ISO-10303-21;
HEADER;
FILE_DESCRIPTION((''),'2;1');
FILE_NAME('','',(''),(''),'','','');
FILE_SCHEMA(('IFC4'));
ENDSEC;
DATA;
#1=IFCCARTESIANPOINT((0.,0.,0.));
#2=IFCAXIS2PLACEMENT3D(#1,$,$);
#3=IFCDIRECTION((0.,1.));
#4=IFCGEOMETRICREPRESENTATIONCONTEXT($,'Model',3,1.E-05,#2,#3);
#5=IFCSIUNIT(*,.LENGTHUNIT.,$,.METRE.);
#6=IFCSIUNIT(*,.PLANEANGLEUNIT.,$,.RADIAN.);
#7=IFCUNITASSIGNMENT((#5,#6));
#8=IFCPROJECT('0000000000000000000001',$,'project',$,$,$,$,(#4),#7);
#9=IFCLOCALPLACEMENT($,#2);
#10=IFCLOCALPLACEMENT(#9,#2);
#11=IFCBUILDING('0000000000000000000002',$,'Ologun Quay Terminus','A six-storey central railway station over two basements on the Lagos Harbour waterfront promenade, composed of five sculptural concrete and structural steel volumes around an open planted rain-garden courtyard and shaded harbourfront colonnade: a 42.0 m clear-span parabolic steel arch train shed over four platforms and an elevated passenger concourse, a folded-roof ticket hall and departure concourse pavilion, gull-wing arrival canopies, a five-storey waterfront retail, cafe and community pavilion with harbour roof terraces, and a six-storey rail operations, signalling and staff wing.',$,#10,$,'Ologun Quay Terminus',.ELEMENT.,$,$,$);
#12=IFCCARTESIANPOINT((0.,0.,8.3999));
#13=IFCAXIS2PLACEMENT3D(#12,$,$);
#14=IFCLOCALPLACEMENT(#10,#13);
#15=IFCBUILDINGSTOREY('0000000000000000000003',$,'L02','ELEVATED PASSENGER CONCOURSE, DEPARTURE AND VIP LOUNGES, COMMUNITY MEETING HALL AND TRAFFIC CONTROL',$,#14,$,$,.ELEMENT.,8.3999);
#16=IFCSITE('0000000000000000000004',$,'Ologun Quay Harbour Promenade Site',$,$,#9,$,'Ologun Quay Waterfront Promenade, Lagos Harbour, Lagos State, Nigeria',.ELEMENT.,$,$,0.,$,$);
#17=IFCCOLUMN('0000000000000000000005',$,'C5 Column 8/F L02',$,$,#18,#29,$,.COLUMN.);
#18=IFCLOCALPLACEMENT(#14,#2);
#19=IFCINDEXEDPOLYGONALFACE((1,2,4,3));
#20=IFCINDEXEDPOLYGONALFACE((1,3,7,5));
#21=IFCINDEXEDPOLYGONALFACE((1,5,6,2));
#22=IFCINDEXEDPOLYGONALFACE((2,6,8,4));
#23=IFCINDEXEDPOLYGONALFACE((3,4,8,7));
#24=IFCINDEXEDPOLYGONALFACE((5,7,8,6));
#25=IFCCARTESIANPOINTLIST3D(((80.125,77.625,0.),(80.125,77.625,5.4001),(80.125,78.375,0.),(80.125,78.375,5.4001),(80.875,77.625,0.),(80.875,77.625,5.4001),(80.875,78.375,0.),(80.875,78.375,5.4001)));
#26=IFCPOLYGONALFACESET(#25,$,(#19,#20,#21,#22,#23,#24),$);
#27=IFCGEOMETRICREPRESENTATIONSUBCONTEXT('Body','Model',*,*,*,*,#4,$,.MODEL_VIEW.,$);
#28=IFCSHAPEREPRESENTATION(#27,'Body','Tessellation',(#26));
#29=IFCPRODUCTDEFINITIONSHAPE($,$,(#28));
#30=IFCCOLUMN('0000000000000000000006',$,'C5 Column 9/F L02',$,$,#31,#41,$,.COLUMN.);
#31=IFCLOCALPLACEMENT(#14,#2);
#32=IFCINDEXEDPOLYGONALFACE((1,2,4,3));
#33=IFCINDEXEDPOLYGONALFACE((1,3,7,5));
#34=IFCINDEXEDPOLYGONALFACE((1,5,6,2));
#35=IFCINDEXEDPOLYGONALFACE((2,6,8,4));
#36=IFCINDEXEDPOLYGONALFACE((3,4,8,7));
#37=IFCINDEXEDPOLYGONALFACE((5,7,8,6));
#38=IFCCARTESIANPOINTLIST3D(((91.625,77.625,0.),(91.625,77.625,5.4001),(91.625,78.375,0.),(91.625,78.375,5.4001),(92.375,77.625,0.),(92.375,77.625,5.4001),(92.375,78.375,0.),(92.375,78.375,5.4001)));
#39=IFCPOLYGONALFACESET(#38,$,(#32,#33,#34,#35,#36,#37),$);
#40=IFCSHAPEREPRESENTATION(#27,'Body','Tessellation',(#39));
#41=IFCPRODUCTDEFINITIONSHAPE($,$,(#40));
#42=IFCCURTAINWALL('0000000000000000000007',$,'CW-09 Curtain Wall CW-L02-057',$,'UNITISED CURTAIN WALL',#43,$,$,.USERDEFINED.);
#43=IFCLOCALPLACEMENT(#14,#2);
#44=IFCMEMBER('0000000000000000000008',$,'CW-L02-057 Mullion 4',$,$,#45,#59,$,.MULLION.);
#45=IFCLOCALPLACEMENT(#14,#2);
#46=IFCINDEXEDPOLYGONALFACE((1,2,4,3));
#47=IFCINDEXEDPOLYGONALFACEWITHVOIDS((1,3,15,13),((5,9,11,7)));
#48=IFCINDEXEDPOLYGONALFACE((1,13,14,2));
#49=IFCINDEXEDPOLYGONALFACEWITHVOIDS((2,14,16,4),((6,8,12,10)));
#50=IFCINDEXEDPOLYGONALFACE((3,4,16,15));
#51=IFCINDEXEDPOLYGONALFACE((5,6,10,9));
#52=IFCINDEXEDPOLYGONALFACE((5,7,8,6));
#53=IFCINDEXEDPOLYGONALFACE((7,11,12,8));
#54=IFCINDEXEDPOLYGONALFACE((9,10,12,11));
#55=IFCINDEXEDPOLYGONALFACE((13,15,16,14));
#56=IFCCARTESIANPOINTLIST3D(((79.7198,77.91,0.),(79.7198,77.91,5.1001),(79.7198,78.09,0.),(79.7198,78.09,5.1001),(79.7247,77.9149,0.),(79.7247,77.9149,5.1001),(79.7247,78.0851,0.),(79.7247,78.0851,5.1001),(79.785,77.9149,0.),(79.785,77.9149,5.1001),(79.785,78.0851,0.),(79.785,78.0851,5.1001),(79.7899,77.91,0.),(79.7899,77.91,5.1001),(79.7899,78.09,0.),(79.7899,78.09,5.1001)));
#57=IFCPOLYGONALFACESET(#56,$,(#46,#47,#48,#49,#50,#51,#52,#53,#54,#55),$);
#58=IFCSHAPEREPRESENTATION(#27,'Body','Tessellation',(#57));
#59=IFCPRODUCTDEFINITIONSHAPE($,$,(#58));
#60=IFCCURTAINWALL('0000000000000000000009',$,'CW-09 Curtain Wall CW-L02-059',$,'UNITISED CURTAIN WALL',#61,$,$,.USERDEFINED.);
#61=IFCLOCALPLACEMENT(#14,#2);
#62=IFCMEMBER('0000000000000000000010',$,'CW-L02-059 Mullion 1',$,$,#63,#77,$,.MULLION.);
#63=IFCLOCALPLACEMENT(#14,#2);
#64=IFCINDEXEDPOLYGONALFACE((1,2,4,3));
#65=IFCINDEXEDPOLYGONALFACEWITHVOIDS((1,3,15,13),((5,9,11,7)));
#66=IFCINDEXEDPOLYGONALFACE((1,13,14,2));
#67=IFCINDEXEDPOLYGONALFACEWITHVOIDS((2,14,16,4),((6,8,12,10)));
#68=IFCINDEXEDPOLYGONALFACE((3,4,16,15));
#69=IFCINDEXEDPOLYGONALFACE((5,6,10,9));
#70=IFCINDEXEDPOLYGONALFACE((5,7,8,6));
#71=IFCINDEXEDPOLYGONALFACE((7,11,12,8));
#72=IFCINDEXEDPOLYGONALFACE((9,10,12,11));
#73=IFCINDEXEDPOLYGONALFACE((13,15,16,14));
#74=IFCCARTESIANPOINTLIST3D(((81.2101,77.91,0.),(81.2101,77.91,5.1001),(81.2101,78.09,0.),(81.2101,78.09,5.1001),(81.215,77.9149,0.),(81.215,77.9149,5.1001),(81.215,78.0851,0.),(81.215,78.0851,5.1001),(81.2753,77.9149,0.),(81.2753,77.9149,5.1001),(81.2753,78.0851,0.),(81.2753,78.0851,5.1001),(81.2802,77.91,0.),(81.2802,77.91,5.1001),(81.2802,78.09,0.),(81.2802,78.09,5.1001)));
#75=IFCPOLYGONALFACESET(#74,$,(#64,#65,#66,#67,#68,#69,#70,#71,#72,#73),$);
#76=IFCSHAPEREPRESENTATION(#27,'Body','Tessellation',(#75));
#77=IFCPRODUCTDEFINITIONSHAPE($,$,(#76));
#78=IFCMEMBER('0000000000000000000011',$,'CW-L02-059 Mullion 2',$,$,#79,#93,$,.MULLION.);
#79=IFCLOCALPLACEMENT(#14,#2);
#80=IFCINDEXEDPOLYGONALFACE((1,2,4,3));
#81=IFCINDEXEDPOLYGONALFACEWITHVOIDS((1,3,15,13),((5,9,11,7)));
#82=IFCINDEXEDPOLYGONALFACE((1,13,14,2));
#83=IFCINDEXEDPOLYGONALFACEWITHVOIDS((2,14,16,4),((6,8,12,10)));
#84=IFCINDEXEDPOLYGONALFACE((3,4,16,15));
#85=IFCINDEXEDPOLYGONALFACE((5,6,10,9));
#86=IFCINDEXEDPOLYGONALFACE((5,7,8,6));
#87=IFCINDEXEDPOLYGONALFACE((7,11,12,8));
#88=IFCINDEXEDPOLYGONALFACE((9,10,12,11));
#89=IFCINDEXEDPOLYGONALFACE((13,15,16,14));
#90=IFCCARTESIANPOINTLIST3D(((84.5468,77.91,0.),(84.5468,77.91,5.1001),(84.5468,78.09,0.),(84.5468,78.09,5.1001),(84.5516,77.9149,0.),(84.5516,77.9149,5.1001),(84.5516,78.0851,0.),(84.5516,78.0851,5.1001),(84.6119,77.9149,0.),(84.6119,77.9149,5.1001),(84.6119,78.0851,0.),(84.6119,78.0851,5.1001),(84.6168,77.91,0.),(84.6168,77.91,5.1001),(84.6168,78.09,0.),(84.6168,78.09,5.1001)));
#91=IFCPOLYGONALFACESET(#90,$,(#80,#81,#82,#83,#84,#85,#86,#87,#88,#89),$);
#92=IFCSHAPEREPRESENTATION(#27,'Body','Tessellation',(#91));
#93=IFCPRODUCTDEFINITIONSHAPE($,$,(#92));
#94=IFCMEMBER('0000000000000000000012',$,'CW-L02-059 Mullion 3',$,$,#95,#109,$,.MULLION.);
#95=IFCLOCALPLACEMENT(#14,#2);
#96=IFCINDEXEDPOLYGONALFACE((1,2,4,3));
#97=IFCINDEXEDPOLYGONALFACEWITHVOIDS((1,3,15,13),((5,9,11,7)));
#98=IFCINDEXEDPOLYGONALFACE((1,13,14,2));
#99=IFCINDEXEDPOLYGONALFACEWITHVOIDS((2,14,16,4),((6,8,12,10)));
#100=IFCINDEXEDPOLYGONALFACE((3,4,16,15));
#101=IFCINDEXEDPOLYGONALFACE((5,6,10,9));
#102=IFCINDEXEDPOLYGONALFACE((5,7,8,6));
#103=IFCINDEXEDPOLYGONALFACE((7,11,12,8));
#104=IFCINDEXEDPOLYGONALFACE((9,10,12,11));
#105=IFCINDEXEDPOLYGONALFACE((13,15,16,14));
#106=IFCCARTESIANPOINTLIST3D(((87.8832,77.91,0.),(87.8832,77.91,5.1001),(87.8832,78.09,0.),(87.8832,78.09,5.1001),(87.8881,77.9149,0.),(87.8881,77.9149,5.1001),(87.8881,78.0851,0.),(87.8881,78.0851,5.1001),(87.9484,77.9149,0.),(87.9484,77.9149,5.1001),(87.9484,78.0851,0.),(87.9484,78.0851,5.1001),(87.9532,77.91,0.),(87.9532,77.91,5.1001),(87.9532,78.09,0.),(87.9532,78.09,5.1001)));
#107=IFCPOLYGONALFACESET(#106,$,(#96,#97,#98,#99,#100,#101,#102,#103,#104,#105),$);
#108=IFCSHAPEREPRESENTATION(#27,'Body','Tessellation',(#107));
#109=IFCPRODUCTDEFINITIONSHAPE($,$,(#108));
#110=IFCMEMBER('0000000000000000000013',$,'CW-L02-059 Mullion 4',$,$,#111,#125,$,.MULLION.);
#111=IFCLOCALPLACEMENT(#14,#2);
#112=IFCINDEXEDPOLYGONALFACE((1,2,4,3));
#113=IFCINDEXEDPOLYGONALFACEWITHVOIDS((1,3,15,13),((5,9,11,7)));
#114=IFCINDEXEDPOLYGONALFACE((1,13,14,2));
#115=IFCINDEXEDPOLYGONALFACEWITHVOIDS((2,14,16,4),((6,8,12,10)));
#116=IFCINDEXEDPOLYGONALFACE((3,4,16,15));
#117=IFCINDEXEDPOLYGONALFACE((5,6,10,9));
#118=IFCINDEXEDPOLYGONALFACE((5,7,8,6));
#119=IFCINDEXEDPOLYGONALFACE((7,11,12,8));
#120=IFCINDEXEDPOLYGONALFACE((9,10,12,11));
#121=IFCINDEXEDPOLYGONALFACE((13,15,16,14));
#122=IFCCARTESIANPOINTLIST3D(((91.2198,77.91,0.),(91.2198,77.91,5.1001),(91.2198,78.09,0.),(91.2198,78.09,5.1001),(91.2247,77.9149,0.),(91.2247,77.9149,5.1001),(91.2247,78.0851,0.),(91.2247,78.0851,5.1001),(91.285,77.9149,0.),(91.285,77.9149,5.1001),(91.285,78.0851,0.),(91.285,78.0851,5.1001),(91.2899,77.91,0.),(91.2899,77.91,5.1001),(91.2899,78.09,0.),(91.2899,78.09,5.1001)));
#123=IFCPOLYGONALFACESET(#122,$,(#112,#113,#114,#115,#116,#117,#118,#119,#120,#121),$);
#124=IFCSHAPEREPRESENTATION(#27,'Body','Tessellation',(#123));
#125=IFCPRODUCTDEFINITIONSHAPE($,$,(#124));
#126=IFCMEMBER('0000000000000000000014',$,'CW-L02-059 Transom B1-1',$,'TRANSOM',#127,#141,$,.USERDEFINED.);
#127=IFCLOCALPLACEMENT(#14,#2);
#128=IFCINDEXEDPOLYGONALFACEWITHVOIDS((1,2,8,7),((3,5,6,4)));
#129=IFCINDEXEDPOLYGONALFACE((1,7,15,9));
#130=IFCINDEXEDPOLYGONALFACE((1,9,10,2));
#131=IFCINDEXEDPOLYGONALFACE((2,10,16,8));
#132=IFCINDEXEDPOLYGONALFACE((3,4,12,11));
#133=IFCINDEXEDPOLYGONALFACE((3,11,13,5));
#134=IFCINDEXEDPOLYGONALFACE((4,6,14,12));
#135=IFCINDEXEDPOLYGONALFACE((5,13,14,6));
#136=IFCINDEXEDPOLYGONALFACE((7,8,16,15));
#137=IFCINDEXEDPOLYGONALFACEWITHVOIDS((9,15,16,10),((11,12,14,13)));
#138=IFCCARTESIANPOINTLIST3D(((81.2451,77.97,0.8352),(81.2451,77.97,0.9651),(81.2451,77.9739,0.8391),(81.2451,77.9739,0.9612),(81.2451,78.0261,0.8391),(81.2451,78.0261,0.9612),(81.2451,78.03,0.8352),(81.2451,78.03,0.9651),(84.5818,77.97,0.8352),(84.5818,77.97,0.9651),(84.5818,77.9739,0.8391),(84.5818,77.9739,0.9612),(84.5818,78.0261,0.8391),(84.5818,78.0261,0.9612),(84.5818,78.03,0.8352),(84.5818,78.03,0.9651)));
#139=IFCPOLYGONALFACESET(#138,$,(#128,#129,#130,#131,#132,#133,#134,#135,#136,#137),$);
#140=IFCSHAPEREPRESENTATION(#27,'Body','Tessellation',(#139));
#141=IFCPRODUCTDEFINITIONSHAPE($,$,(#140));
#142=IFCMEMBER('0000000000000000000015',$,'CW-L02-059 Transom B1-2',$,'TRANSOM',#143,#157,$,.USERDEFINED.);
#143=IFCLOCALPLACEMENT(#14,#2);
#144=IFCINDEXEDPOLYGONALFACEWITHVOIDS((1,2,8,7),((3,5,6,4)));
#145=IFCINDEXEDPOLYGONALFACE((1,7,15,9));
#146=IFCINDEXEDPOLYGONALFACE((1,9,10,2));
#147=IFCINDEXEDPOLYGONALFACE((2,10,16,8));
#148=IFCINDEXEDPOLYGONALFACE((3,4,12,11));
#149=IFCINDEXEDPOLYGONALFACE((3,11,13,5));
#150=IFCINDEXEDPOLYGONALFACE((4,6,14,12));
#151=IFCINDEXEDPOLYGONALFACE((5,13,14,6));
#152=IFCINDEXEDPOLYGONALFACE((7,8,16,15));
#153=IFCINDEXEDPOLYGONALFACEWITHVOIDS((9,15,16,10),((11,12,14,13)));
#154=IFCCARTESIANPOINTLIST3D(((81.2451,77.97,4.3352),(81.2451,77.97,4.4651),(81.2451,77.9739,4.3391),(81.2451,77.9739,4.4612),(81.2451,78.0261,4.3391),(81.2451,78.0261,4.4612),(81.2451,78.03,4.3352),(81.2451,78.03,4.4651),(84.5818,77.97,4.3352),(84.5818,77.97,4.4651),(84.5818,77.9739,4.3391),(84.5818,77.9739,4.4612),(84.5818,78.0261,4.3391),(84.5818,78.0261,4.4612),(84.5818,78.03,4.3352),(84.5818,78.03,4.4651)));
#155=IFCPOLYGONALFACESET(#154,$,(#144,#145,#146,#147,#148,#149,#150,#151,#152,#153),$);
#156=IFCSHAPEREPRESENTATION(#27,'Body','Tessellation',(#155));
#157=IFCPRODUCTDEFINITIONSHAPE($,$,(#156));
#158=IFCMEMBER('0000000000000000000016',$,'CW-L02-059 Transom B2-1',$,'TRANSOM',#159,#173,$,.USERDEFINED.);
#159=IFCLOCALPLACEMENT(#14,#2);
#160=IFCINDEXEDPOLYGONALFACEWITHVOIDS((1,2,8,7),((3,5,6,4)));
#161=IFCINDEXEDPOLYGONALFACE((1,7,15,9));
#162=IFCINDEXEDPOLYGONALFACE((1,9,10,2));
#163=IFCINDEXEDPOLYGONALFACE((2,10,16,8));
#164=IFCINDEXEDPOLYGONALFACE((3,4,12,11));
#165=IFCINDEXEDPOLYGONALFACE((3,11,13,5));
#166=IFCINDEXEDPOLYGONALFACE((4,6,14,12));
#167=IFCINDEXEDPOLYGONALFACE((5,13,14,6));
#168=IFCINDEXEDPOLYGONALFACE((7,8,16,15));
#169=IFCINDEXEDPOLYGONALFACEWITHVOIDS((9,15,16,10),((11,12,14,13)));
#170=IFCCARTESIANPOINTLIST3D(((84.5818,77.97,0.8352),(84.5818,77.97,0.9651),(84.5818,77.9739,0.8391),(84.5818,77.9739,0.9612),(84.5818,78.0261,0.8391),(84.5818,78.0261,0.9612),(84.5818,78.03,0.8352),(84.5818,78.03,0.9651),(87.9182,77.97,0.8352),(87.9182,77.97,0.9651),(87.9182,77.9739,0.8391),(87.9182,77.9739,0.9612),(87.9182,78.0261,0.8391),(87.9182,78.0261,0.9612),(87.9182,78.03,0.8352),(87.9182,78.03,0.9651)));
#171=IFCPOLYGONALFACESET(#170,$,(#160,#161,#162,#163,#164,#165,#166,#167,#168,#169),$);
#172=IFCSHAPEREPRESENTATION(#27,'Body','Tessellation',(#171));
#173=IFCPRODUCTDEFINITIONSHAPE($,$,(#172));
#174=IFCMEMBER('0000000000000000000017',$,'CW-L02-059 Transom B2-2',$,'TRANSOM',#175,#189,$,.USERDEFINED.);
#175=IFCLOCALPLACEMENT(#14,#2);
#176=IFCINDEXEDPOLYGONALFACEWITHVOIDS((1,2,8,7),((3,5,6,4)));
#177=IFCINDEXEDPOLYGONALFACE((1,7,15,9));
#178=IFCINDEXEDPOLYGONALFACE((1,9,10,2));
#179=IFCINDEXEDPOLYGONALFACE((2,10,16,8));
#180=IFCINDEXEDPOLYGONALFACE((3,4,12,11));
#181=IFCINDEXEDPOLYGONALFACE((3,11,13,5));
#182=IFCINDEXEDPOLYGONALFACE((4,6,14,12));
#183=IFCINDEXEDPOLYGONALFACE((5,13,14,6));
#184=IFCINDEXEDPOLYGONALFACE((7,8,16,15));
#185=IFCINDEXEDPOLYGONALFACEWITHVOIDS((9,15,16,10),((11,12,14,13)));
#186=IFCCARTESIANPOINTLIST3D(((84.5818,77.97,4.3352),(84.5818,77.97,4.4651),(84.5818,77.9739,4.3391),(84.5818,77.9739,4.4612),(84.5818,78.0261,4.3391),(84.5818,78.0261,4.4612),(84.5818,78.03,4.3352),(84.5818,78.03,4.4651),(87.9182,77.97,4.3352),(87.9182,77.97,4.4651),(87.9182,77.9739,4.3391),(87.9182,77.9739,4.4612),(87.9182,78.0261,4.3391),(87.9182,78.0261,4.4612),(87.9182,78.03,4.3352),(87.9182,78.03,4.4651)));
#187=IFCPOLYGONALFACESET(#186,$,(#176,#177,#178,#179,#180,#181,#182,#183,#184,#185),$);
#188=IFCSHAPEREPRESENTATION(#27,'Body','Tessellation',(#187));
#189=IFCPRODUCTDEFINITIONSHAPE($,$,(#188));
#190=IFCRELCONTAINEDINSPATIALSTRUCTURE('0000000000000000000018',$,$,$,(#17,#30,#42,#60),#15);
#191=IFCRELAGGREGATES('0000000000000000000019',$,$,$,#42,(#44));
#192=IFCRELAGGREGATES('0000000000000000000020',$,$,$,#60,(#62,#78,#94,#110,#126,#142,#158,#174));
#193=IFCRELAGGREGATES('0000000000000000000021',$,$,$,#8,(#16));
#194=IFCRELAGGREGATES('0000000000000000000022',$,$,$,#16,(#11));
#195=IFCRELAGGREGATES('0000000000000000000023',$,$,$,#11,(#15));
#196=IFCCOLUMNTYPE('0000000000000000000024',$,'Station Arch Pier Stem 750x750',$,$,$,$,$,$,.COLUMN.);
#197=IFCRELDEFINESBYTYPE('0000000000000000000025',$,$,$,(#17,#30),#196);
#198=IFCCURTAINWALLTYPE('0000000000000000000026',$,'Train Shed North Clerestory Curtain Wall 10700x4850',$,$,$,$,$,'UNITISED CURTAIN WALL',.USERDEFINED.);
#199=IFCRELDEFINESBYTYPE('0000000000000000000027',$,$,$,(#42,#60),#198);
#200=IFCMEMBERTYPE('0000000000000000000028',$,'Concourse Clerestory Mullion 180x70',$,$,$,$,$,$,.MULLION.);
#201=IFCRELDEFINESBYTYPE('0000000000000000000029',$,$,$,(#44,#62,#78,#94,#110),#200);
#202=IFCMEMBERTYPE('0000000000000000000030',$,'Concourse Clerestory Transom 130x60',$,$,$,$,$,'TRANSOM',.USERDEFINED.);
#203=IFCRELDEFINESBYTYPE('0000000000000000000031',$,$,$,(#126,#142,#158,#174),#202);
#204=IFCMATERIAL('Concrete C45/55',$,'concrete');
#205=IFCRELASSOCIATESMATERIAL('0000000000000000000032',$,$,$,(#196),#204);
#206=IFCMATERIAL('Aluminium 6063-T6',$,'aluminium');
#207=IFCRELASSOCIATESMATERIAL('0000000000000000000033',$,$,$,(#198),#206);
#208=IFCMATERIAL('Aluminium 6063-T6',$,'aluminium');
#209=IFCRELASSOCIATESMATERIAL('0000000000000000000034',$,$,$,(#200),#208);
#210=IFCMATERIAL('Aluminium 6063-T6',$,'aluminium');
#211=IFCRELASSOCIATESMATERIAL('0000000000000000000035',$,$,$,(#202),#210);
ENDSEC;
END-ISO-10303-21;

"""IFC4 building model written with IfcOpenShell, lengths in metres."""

from ifc_helpers import new_model, si_unit, direction, frame, origin, origin_2d, place, context, subcontext, project, spatial, rectangle, hollow_rectangle, extrude, material, material_profile, profile_set, type_object, element, aggregate, save


model = new_model("IFC4")

# Units and contexts
model_context = context("Model", 3, precision=1e-05, world=origin(), true_north=direction((0.0, 1.0)))
body_context = subcontext(model_context, "Body", "Model", "MODEL_VIEW")
ifc_project = project(units=[si_unit("LENGTHUNIT", "METRE"), si_unit("PLANEANGLEUNIT", "RADIAN")], contexts=[model_context])

# Site, building, storey
site_placement = place(None, origin())
site = spatial("IfcSite", under=ifc_project, at=site_placement, Name="Ologun Quay Harbour Promenade Site", LongName="Ologun Quay Waterfront Promenade, Lagos Harbour, Lagos State, Nigeria", CompositionType="ELEMENT", RefElevation=0.0)
building_placement = place(site_placement, origin())
building = spatial("IfcBuilding", under=site, at=building_placement, Name="Ologun Quay Terminus", Description="A six-storey central railway station over two basements on the Lagos Harbour waterfront promenade, composed of five sculptural concrete and structural steel volumes around an open planted rain-garden courtyard and shaded harbourfront colonnade: a 42.0 m clear-span parabolic steel arch train shed over four platforms and an elevated passenger concourse, a folded-roof ticket hall and departure concourse pavilion, gull-wing arrival canopies, a five-storey waterfront retail, cafe and community pavilion with harbour roof terraces, and a six-storey rail operations, signalling and staff wing.", LongName="Ologun Quay Terminus", CompositionType="ELEMENT")
storey_placement = place(building_placement, frame((0.0, 0.0, 8.3999)))
storey = spatial("IfcBuildingStorey", under=building, at=storey_placement, Name="L02", Description="ELEVATED PASSENGER CONCOURSE, DEPARTURE AND VIP LOUNGES, COMMUNITY MEETING HALL AND TRAFFIC CONTROL", CompositionType="ELEMENT", Elevation=8.3999)

# Columns
ifc_material_1 = material(Name="Concrete C45/55", Category="concrete")
ifc_material_profile_1 = material_profile(ifc_material_1, rectangle(XDim=0.75, YDim=0.75, at=origin_2d()), Name="RC 750x750")
ifc_profile_set_1 = profile_set([ifc_material_profile_1], Name="Concrete C45/55")
column_type = type_object("IfcColumnType", Name="Station Arch Pier Stem 750x750", PredefinedType="COLUMN", material=ifc_profile_set_1)
for number, where, z_axis, x_axis, name in (
    (1, (80.5, 78.0, 0.0), (0.0, 0.0, 1.0), (1.0, 0.0, 0.0), "C5 Column 8/F L02"),
    (2, (92.0, 78.0, 0.0), (0.0, 0.0, 1.0), (1.0, 0.0, 0.0), "C5 Column 9/F L02"),
):
    element("IfcColumn", number, at=place(storey_placement, frame(where, z_axis=z_axis, x_axis=x_axis)), inside=storey, type_object=column_type, Name=name, PredefinedType="COLUMN", context=body_context, shape_type="SweptSolid", body=[
        extrude(rectangle(XDim=0.75, YDim=0.75, at=origin_2d()), origin(), (0.0, 0.0, 1.0), 5.4001),
    ])

# Curtain wall, member
ifc_material_2 = material(Name="Aluminium 6063-T6", Category="aluminium")
curtain_wall_type_1 = type_object("IfcCurtainWallType", Name="Train Shed North Clerestory Curtain Wall 10700x4850", ElementType="UNITISED CURTAIN WALL", PredefinedType="USERDEFINED", material=ifc_material_2)
curtain_wall_1_placement = place(storey_placement, origin())
curtain_wall_1 = element("IfcCurtainWall", 3, at=curtain_wall_1_placement, inside=storey, type_object=curtain_wall_type_1, Name="CW-09 Curtain Wall CW-L02-057", ObjectType="UNITISED CURTAIN WALL", PredefinedType="USERDEFINED")
ifc_material_3 = material(Name="Aluminium 6063-T6", Category="aluminium")
ifc_material_profile_2 = material_profile(ifc_material_3, hollow_rectangle(XDim=0.0701, YDim=0.1799, WallThickness=0.0049, at=origin_2d()), Name="ALU 180x70x5")
ifc_profile_set_2 = profile_set([ifc_material_profile_2], Name="Aluminium 6063-T6")
member_type_1 = type_object("IfcMemberType", Name="Concourse Clerestory Mullion 180x70", PredefinedType="MULLION", material=ifc_profile_set_2)
member_1_placement = place(storey_placement, frame((79.7549, 78.0, 0.0), z_axis=(0.0, 0.0, 1.0), x_axis=(1.0, 0.0, 0.0)))
member_1 = element("IfcMember", 4, at=member_1_placement, type_object=member_type_1, Name="CW-L02-057 Mullion 4", PredefinedType="MULLION", context=body_context, shape_type="SweptSolid", body=[
    extrude(hollow_rectangle(XDim=0.0701, YDim=0.1799, WallThickness=0.0049, at=origin_2d()), origin(), (0.0, 0.0, 1.0), 5.1001),
])
aggregate(curtain_wall_1, [member_1])

# Curtain wall, members
curtain_wall_2_placement = place(storey_placement, origin())
curtain_wall_2 = element("IfcCurtainWall", 5, at=curtain_wall_2_placement, inside=storey, type_object=curtain_wall_type_1, Name="CW-09 Curtain Wall CW-L02-059", ObjectType="UNITISED CURTAIN WALL", PredefinedType="USERDEFINED")
member_2_placement = place(storey_placement, frame((81.2451, 78.0, 0.0), z_axis=(0.0, 0.0, 1.0), x_axis=(1.0, 0.0, 0.0)))
member_2 = element("IfcMember", 6, at=member_2_placement, type_object=member_type_1, Name="CW-L02-059 Mullion 1", PredefinedType="MULLION", context=body_context, shape_type="SweptSolid", body=[
    extrude(hollow_rectangle(XDim=0.0701, YDim=0.1799, WallThickness=0.0049, at=origin_2d()), origin(), (0.0, 0.0, 1.0), 5.1001),
])
member_3_placement = place(storey_placement, frame((84.5818, 78.0, 0.0), z_axis=(0.0, 0.0, 1.0), x_axis=(1.0, 0.0, 0.0)))
member_3 = element("IfcMember", 7, at=member_3_placement, type_object=member_type_1, Name="CW-L02-059 Mullion 2", PredefinedType="MULLION", context=body_context, shape_type="SweptSolid", body=[
    extrude(hollow_rectangle(XDim=0.0701, YDim=0.1799, WallThickness=0.0049, at=origin_2d()), origin(), (0.0, 0.0, 1.0), 5.1001),
])
member_4_placement = place(storey_placement, frame((87.9182, 78.0, 0.0), z_axis=(0.0, 0.0, 1.0), x_axis=(1.0, 0.0, 0.0)))
member_4 = element("IfcMember", 8, at=member_4_placement, type_object=member_type_1, Name="CW-L02-059 Mullion 3", PredefinedType="MULLION", context=body_context, shape_type="SweptSolid", body=[
    extrude(hollow_rectangle(XDim=0.0701, YDim=0.1799, WallThickness=0.0049, at=origin_2d()), origin(), (0.0, 0.0, 1.0), 5.1001),
])
member_5_placement = place(storey_placement, frame((91.2549, 78.0, 0.0), z_axis=(0.0, 0.0, 1.0), x_axis=(1.0, 0.0, 0.0)))
member_5 = element("IfcMember", 9, at=member_5_placement, type_object=member_type_1, Name="CW-L02-059 Mullion 4", PredefinedType="MULLION", context=body_context, shape_type="SweptSolid", body=[
    extrude(hollow_rectangle(XDim=0.0701, YDim=0.1799, WallThickness=0.0049, at=origin_2d()), origin(), (0.0, 0.0, 1.0), 5.1001),
])
ifc_material_4 = material(Name="Aluminium 6063-T6", Category="aluminium")
ifc_material_profile_3 = material_profile(ifc_material_4, hollow_rectangle(XDim=0.0601, YDim=0.1299, WallThickness=0.0039, at=origin_2d()), Name="ALU 130x60x4")
ifc_profile_set_3 = profile_set([ifc_material_profile_3], Name="Aluminium 6063-T6")
member_type_2 = type_object("IfcMemberType", Name="Concourse Clerestory Transom 130x60", ElementType="TRANSOM", PredefinedType="USERDEFINED", material=ifc_profile_set_3)
member_6_placement = place(storey_placement, frame((81.2451, 78.0, 0.9001), z_axis=(1.0, 0.0, 0.0), x_axis=(0.0, 1.0, 0.0)))
member_6 = element("IfcMember", 10, at=member_6_placement, type_object=member_type_2, Name="CW-L02-059 Transom B1-1", ObjectType="TRANSOM", PredefinedType="USERDEFINED", context=body_context, shape_type="SweptSolid", body=[
    extrude(hollow_rectangle(XDim=0.0601, YDim=0.1299, WallThickness=0.0039, at=origin_2d()), origin(), (0.0, 0.0, 1.0), 3.3367),
])
member_7_placement = place(storey_placement, frame((81.2451, 78.0, 4.4001), z_axis=(1.0, 0.0, 0.0), x_axis=(0.0, 1.0, 0.0)))
member_7 = element("IfcMember", 11, at=member_7_placement, type_object=member_type_2, Name="CW-L02-059 Transom B1-2", ObjectType="TRANSOM", PredefinedType="USERDEFINED", context=body_context, shape_type="SweptSolid", body=[
    extrude(hollow_rectangle(XDim=0.0601, YDim=0.1299, WallThickness=0.0039, at=origin_2d()), origin(), (0.0, 0.0, 1.0), 3.3367),
])
member_8_placement = place(storey_placement, frame((84.5818, 78.0, 0.9001), z_axis=(1.0, 0.0, 0.0), x_axis=(0.0, 1.0, 0.0)))
member_8 = element("IfcMember", 12, at=member_8_placement, type_object=member_type_2, Name="CW-L02-059 Transom B2-1", ObjectType="TRANSOM", PredefinedType="USERDEFINED", context=body_context, shape_type="SweptSolid", body=[
    extrude(hollow_rectangle(XDim=0.0601, YDim=0.1299, WallThickness=0.0039, at=origin_2d()), origin(), (0.0, 0.0, 1.0), 3.3364),
])
member_9_placement = place(storey_placement, frame((84.5818, 78.0, 4.4001), z_axis=(1.0, 0.0, 0.0), x_axis=(0.0, 1.0, 0.0)))
member_9 = element("IfcMember", 13, at=member_9_placement, type_object=member_type_2, Name="CW-L02-059 Transom B2-2", ObjectType="TRANSOM", PredefinedType="USERDEFINED", context=body_context, shape_type="SweptSolid", body=[
    extrude(hollow_rectangle(XDim=0.0601, YDim=0.1299, WallThickness=0.0039, at=origin_2d()), origin(), (0.0, 0.0, 1.0), 3.3364),
])

aggregate(curtain_wall_2, [member_2, member_3, member_4, member_5, member_6, member_7, member_8, member_9])

save(model, "model.ifc")
